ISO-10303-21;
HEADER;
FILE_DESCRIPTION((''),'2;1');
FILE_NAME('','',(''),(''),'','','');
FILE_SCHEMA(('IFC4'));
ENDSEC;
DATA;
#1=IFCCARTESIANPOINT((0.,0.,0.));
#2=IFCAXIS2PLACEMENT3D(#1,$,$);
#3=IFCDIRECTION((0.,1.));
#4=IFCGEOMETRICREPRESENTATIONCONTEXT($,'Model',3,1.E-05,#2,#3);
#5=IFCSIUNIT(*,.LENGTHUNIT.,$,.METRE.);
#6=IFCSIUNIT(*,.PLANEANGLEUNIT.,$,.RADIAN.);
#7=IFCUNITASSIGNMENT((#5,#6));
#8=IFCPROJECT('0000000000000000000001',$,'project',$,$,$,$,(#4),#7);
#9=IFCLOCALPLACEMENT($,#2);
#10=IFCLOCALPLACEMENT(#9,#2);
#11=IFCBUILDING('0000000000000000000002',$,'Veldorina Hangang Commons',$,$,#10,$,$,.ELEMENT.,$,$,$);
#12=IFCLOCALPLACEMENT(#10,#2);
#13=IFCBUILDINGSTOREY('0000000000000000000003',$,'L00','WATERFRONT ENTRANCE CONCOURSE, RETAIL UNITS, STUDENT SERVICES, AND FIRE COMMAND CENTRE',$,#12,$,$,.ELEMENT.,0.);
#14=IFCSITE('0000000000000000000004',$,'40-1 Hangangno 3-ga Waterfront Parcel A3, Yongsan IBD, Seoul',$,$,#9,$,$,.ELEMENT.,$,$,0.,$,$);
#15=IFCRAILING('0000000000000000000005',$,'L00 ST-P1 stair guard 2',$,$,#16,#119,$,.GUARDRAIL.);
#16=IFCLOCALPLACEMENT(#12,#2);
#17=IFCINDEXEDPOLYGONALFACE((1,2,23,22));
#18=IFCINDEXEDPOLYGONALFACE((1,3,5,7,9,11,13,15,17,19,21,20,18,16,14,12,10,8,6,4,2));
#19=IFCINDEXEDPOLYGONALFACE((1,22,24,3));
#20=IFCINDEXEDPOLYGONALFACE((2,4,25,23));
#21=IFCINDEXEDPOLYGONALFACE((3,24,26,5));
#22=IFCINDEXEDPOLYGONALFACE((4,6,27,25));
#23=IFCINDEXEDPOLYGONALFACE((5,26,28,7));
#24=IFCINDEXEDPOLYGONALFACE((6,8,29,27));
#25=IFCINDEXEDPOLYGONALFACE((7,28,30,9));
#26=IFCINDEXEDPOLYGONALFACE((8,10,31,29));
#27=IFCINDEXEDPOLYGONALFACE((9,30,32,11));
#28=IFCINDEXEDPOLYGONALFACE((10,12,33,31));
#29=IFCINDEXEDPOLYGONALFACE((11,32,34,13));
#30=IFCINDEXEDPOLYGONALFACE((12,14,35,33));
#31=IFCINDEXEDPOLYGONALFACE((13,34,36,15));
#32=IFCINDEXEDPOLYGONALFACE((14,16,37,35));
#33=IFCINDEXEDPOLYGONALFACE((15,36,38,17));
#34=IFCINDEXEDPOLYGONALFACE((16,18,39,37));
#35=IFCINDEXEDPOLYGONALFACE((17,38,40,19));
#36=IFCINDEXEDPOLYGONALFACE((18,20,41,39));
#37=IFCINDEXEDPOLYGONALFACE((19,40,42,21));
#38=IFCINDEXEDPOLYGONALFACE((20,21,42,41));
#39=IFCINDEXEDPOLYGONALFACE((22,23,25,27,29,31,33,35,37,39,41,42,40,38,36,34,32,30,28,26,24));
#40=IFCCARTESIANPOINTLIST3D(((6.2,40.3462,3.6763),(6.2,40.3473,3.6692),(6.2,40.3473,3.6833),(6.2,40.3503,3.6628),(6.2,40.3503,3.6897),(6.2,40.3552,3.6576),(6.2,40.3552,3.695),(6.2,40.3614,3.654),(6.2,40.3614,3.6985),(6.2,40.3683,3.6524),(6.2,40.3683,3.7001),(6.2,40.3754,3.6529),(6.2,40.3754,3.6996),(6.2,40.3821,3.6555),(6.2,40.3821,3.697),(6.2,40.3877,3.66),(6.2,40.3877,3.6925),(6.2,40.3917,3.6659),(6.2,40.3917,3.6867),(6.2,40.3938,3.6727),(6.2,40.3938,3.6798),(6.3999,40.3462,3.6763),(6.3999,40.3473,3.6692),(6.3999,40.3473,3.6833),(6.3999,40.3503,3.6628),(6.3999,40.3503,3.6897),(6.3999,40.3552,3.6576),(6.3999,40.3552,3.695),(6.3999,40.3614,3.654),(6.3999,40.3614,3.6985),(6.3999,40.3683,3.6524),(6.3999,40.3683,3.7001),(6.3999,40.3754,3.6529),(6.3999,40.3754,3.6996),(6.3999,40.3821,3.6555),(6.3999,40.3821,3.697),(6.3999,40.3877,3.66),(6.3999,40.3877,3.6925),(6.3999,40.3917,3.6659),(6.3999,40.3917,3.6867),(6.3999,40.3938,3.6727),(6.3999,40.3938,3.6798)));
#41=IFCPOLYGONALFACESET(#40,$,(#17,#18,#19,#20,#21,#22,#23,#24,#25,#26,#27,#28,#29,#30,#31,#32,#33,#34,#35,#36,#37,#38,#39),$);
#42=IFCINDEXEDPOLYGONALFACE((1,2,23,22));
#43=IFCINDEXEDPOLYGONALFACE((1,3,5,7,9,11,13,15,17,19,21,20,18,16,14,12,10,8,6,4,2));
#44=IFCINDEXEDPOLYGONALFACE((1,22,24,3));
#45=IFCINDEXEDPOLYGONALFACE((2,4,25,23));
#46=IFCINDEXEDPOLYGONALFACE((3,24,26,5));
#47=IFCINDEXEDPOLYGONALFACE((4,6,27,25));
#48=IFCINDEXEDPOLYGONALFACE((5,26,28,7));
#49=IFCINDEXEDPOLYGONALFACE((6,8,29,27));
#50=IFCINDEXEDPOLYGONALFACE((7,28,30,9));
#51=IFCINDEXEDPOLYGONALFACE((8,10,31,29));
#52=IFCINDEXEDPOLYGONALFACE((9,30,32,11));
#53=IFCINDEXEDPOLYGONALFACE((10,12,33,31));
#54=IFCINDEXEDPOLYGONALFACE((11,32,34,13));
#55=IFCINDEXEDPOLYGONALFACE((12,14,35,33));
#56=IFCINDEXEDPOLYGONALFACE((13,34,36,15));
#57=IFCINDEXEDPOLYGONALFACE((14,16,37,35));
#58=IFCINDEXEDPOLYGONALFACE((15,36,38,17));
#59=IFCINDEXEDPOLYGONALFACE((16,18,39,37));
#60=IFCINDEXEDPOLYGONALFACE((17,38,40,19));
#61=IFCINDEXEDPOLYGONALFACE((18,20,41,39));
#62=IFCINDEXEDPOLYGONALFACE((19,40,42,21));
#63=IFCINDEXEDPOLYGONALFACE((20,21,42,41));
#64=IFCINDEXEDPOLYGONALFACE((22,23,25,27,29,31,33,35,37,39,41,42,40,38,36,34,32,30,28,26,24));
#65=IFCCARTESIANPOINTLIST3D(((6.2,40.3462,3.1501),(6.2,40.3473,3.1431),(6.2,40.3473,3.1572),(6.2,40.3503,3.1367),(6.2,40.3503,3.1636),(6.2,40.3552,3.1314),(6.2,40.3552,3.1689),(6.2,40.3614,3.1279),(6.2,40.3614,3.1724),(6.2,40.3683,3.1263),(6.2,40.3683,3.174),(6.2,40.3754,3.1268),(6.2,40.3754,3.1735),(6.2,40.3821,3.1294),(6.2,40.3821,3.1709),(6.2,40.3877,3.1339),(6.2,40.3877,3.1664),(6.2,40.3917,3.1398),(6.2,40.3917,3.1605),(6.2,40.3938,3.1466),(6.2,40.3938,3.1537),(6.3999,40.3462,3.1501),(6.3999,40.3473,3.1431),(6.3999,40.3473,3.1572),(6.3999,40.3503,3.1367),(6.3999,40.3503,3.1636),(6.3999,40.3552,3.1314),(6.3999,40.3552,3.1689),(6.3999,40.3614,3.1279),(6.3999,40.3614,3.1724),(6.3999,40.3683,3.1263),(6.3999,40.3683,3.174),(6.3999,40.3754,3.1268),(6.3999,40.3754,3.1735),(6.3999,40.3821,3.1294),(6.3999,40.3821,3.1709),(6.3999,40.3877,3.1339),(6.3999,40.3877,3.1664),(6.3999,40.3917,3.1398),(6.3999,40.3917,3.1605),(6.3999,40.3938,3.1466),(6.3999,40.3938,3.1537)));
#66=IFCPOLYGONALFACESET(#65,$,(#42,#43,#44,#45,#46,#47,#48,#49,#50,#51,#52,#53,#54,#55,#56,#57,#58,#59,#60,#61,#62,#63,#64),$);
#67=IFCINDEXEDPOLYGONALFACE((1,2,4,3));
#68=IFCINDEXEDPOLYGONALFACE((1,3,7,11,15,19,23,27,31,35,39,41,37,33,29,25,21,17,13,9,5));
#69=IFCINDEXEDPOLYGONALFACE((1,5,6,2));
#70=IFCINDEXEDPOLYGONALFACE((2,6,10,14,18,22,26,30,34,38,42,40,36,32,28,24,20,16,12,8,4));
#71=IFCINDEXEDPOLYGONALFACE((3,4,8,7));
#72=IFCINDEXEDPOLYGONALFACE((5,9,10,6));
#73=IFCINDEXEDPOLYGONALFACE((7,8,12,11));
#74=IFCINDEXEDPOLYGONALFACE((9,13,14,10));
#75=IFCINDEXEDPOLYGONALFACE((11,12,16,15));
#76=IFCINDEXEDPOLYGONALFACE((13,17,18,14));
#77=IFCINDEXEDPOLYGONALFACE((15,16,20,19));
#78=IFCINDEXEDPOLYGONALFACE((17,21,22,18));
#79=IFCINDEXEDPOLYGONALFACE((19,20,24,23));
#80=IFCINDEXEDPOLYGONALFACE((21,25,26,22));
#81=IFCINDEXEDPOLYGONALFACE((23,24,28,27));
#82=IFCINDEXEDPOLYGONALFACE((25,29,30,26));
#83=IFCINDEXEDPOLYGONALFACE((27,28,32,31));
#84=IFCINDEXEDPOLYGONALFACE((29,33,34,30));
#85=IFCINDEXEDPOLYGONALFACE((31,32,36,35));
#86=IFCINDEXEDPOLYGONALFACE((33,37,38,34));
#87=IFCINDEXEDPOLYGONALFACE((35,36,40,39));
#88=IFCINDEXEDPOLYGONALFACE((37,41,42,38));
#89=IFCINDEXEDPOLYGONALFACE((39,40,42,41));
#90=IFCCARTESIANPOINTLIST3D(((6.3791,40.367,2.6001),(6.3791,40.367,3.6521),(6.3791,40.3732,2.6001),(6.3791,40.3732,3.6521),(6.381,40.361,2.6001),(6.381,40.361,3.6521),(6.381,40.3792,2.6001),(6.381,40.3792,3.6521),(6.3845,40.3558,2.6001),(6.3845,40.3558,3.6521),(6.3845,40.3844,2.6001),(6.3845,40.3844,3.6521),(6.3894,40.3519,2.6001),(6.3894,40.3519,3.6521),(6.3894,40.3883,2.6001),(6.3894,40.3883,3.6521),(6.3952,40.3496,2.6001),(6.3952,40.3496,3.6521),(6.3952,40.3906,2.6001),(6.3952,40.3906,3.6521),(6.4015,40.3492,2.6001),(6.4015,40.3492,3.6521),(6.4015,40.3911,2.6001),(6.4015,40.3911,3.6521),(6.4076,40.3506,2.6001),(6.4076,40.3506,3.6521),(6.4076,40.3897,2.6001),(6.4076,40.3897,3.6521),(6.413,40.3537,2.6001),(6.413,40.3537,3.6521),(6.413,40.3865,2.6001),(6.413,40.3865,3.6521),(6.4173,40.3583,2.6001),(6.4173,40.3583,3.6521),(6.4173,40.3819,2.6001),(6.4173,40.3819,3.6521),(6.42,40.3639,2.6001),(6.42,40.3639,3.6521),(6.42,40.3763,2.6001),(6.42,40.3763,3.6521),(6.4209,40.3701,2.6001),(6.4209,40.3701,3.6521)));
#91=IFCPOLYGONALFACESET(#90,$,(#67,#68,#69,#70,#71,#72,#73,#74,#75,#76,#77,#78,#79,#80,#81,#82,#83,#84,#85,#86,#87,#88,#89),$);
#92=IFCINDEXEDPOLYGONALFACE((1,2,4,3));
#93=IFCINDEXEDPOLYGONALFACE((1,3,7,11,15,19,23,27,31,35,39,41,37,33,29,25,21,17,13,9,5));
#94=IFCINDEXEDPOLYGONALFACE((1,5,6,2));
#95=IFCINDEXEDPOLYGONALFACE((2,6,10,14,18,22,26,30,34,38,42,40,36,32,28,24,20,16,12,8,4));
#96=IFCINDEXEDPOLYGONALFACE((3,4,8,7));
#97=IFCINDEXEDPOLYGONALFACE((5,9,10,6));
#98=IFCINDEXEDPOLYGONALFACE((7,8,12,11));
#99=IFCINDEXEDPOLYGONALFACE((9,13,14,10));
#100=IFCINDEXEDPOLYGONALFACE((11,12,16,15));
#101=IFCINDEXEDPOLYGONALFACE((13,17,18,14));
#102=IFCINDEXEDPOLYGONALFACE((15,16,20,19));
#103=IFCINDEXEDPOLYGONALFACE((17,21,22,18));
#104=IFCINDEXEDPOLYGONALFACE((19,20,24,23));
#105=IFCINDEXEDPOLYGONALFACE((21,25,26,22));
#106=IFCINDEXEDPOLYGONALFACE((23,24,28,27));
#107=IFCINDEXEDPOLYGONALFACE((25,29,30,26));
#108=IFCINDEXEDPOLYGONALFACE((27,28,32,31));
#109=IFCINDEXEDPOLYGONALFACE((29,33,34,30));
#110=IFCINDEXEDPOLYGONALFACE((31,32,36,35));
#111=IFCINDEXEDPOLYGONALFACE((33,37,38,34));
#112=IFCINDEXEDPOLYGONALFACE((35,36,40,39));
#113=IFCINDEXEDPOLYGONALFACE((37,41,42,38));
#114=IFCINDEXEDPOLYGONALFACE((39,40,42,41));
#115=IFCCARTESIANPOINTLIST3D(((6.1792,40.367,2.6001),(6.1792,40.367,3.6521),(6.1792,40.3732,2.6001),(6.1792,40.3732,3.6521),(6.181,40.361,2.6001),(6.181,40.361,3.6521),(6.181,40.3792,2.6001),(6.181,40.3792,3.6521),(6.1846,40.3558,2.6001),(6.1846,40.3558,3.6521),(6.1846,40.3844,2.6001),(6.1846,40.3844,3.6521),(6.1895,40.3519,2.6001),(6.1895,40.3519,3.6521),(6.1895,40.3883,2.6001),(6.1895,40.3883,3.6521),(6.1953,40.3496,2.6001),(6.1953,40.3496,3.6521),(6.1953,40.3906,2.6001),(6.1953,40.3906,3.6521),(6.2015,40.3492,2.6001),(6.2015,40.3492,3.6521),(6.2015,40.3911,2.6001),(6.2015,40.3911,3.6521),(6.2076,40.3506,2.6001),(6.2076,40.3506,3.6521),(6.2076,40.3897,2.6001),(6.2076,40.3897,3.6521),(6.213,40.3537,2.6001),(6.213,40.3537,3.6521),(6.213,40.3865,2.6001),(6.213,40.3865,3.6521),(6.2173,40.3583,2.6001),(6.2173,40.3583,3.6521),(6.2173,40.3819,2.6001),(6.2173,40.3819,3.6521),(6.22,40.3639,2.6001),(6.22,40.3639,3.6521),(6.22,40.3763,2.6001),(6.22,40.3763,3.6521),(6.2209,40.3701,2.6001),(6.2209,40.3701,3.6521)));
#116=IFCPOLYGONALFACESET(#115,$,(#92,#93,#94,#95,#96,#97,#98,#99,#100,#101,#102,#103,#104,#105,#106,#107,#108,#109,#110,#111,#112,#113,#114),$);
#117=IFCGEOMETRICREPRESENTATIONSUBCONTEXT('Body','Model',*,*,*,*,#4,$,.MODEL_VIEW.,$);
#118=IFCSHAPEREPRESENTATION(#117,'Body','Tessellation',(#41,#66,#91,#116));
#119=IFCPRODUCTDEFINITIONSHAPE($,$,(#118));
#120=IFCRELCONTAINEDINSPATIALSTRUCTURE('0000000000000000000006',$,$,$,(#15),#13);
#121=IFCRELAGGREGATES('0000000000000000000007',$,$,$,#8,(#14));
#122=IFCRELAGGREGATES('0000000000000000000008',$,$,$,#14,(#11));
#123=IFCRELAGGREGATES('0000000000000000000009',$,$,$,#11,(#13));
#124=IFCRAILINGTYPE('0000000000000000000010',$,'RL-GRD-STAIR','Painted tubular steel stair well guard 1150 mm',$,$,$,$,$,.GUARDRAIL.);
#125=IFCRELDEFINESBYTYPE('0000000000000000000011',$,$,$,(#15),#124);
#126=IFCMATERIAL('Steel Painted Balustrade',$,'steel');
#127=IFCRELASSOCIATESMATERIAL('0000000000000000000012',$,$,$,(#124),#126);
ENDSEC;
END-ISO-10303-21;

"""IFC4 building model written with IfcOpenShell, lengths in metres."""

from ifc_helpers import new_model, si_unit, direction, frame, origin, origin_2d, place, context, subcontext, project, spatial, circle, extrude, material, type_object, element, save


model = new_model("IFC4")

# Units and contexts
model_context = context("Model", 3, precision=1e-05, world=origin(), true_north=direction((0.0, 1.0)))
body_context = subcontext(model_context, "Body", "Model", "MODEL_VIEW")
ifc_project = project(units=[si_unit("LENGTHUNIT", "METRE"), si_unit("PLANEANGLEUNIT", "RADIAN")], contexts=[model_context])

# Site, building, storey
site_placement = place(None, origin())
site = spatial("IfcSite", under=ifc_project, at=site_placement, Name="40-1 Hangangno 3-ga Waterfront Parcel A3, Yongsan IBD, Seoul", CompositionType="ELEMENT", RefElevation=0.0)
building_placement = place(site_placement, origin())
building = spatial("IfcBuilding", under=site, at=building_placement, Name="Veldorina Hangang Commons", CompositionType="ELEMENT")
storey_placement = place(building_placement, origin())
storey = spatial("IfcBuildingStorey", under=building, at=storey_placement, Name="L00", Description="WATERFRONT ENTRANCE CONCOURSE, RETAIL UNITS, STUDENT SERVICES, AND FIRE COMMAND CENTRE", CompositionType="ELEMENT", Elevation=0.0)

# Railing
ifc_material_1 = material(Name="Steel Painted Balustrade", Category="steel")
railing_type_1 = type_object("IfcRailingType", Name="RL-GRD-STAIR", Description="Painted tubular steel stair well guard 1150 mm", PredefinedType="GUARDRAIL", material=ifc_material_1)
railing_1_placement = place(storey_placement, frame((6.3999, 40.3701, 2.6001)))
element("IfcRailing", 1, at=railing_1_placement, inside=storey, type_object=railing_type_1, Name="L00 ST-P1 stair guard 2", PredefinedType="GUARDRAIL", context=body_context, shape_type="SweptSolid", body=[
    extrude(circle(Radius=0.0239, at=origin_2d()), frame((0.0, 0.0, 1.0762), z_axis=(-1.0, 0.0, 0.0), x_axis=(0.0, -1.0, 0.0)), (0.0, 0.0, 1.0), 0.2),
    extrude(circle(Radius=0.0239, at=origin_2d()), frame((0.0, 0.0, 0.55), z_axis=(-1.0, 0.0, 0.0), x_axis=(0.0, -1.0, 0.0)), (0.0, 0.0, 1.0), 0.2),
    extrude(circle(Radius=0.021, at=origin_2d()), origin(), (0.0, 0.0, 1.0), 1.052),
    extrude(circle(Radius=0.021, at=origin_2d()), frame((-0.2, 0.0, 0.0)), (0.0, 0.0, 1.0), 1.052),
])

save(model, "model.ifc")
